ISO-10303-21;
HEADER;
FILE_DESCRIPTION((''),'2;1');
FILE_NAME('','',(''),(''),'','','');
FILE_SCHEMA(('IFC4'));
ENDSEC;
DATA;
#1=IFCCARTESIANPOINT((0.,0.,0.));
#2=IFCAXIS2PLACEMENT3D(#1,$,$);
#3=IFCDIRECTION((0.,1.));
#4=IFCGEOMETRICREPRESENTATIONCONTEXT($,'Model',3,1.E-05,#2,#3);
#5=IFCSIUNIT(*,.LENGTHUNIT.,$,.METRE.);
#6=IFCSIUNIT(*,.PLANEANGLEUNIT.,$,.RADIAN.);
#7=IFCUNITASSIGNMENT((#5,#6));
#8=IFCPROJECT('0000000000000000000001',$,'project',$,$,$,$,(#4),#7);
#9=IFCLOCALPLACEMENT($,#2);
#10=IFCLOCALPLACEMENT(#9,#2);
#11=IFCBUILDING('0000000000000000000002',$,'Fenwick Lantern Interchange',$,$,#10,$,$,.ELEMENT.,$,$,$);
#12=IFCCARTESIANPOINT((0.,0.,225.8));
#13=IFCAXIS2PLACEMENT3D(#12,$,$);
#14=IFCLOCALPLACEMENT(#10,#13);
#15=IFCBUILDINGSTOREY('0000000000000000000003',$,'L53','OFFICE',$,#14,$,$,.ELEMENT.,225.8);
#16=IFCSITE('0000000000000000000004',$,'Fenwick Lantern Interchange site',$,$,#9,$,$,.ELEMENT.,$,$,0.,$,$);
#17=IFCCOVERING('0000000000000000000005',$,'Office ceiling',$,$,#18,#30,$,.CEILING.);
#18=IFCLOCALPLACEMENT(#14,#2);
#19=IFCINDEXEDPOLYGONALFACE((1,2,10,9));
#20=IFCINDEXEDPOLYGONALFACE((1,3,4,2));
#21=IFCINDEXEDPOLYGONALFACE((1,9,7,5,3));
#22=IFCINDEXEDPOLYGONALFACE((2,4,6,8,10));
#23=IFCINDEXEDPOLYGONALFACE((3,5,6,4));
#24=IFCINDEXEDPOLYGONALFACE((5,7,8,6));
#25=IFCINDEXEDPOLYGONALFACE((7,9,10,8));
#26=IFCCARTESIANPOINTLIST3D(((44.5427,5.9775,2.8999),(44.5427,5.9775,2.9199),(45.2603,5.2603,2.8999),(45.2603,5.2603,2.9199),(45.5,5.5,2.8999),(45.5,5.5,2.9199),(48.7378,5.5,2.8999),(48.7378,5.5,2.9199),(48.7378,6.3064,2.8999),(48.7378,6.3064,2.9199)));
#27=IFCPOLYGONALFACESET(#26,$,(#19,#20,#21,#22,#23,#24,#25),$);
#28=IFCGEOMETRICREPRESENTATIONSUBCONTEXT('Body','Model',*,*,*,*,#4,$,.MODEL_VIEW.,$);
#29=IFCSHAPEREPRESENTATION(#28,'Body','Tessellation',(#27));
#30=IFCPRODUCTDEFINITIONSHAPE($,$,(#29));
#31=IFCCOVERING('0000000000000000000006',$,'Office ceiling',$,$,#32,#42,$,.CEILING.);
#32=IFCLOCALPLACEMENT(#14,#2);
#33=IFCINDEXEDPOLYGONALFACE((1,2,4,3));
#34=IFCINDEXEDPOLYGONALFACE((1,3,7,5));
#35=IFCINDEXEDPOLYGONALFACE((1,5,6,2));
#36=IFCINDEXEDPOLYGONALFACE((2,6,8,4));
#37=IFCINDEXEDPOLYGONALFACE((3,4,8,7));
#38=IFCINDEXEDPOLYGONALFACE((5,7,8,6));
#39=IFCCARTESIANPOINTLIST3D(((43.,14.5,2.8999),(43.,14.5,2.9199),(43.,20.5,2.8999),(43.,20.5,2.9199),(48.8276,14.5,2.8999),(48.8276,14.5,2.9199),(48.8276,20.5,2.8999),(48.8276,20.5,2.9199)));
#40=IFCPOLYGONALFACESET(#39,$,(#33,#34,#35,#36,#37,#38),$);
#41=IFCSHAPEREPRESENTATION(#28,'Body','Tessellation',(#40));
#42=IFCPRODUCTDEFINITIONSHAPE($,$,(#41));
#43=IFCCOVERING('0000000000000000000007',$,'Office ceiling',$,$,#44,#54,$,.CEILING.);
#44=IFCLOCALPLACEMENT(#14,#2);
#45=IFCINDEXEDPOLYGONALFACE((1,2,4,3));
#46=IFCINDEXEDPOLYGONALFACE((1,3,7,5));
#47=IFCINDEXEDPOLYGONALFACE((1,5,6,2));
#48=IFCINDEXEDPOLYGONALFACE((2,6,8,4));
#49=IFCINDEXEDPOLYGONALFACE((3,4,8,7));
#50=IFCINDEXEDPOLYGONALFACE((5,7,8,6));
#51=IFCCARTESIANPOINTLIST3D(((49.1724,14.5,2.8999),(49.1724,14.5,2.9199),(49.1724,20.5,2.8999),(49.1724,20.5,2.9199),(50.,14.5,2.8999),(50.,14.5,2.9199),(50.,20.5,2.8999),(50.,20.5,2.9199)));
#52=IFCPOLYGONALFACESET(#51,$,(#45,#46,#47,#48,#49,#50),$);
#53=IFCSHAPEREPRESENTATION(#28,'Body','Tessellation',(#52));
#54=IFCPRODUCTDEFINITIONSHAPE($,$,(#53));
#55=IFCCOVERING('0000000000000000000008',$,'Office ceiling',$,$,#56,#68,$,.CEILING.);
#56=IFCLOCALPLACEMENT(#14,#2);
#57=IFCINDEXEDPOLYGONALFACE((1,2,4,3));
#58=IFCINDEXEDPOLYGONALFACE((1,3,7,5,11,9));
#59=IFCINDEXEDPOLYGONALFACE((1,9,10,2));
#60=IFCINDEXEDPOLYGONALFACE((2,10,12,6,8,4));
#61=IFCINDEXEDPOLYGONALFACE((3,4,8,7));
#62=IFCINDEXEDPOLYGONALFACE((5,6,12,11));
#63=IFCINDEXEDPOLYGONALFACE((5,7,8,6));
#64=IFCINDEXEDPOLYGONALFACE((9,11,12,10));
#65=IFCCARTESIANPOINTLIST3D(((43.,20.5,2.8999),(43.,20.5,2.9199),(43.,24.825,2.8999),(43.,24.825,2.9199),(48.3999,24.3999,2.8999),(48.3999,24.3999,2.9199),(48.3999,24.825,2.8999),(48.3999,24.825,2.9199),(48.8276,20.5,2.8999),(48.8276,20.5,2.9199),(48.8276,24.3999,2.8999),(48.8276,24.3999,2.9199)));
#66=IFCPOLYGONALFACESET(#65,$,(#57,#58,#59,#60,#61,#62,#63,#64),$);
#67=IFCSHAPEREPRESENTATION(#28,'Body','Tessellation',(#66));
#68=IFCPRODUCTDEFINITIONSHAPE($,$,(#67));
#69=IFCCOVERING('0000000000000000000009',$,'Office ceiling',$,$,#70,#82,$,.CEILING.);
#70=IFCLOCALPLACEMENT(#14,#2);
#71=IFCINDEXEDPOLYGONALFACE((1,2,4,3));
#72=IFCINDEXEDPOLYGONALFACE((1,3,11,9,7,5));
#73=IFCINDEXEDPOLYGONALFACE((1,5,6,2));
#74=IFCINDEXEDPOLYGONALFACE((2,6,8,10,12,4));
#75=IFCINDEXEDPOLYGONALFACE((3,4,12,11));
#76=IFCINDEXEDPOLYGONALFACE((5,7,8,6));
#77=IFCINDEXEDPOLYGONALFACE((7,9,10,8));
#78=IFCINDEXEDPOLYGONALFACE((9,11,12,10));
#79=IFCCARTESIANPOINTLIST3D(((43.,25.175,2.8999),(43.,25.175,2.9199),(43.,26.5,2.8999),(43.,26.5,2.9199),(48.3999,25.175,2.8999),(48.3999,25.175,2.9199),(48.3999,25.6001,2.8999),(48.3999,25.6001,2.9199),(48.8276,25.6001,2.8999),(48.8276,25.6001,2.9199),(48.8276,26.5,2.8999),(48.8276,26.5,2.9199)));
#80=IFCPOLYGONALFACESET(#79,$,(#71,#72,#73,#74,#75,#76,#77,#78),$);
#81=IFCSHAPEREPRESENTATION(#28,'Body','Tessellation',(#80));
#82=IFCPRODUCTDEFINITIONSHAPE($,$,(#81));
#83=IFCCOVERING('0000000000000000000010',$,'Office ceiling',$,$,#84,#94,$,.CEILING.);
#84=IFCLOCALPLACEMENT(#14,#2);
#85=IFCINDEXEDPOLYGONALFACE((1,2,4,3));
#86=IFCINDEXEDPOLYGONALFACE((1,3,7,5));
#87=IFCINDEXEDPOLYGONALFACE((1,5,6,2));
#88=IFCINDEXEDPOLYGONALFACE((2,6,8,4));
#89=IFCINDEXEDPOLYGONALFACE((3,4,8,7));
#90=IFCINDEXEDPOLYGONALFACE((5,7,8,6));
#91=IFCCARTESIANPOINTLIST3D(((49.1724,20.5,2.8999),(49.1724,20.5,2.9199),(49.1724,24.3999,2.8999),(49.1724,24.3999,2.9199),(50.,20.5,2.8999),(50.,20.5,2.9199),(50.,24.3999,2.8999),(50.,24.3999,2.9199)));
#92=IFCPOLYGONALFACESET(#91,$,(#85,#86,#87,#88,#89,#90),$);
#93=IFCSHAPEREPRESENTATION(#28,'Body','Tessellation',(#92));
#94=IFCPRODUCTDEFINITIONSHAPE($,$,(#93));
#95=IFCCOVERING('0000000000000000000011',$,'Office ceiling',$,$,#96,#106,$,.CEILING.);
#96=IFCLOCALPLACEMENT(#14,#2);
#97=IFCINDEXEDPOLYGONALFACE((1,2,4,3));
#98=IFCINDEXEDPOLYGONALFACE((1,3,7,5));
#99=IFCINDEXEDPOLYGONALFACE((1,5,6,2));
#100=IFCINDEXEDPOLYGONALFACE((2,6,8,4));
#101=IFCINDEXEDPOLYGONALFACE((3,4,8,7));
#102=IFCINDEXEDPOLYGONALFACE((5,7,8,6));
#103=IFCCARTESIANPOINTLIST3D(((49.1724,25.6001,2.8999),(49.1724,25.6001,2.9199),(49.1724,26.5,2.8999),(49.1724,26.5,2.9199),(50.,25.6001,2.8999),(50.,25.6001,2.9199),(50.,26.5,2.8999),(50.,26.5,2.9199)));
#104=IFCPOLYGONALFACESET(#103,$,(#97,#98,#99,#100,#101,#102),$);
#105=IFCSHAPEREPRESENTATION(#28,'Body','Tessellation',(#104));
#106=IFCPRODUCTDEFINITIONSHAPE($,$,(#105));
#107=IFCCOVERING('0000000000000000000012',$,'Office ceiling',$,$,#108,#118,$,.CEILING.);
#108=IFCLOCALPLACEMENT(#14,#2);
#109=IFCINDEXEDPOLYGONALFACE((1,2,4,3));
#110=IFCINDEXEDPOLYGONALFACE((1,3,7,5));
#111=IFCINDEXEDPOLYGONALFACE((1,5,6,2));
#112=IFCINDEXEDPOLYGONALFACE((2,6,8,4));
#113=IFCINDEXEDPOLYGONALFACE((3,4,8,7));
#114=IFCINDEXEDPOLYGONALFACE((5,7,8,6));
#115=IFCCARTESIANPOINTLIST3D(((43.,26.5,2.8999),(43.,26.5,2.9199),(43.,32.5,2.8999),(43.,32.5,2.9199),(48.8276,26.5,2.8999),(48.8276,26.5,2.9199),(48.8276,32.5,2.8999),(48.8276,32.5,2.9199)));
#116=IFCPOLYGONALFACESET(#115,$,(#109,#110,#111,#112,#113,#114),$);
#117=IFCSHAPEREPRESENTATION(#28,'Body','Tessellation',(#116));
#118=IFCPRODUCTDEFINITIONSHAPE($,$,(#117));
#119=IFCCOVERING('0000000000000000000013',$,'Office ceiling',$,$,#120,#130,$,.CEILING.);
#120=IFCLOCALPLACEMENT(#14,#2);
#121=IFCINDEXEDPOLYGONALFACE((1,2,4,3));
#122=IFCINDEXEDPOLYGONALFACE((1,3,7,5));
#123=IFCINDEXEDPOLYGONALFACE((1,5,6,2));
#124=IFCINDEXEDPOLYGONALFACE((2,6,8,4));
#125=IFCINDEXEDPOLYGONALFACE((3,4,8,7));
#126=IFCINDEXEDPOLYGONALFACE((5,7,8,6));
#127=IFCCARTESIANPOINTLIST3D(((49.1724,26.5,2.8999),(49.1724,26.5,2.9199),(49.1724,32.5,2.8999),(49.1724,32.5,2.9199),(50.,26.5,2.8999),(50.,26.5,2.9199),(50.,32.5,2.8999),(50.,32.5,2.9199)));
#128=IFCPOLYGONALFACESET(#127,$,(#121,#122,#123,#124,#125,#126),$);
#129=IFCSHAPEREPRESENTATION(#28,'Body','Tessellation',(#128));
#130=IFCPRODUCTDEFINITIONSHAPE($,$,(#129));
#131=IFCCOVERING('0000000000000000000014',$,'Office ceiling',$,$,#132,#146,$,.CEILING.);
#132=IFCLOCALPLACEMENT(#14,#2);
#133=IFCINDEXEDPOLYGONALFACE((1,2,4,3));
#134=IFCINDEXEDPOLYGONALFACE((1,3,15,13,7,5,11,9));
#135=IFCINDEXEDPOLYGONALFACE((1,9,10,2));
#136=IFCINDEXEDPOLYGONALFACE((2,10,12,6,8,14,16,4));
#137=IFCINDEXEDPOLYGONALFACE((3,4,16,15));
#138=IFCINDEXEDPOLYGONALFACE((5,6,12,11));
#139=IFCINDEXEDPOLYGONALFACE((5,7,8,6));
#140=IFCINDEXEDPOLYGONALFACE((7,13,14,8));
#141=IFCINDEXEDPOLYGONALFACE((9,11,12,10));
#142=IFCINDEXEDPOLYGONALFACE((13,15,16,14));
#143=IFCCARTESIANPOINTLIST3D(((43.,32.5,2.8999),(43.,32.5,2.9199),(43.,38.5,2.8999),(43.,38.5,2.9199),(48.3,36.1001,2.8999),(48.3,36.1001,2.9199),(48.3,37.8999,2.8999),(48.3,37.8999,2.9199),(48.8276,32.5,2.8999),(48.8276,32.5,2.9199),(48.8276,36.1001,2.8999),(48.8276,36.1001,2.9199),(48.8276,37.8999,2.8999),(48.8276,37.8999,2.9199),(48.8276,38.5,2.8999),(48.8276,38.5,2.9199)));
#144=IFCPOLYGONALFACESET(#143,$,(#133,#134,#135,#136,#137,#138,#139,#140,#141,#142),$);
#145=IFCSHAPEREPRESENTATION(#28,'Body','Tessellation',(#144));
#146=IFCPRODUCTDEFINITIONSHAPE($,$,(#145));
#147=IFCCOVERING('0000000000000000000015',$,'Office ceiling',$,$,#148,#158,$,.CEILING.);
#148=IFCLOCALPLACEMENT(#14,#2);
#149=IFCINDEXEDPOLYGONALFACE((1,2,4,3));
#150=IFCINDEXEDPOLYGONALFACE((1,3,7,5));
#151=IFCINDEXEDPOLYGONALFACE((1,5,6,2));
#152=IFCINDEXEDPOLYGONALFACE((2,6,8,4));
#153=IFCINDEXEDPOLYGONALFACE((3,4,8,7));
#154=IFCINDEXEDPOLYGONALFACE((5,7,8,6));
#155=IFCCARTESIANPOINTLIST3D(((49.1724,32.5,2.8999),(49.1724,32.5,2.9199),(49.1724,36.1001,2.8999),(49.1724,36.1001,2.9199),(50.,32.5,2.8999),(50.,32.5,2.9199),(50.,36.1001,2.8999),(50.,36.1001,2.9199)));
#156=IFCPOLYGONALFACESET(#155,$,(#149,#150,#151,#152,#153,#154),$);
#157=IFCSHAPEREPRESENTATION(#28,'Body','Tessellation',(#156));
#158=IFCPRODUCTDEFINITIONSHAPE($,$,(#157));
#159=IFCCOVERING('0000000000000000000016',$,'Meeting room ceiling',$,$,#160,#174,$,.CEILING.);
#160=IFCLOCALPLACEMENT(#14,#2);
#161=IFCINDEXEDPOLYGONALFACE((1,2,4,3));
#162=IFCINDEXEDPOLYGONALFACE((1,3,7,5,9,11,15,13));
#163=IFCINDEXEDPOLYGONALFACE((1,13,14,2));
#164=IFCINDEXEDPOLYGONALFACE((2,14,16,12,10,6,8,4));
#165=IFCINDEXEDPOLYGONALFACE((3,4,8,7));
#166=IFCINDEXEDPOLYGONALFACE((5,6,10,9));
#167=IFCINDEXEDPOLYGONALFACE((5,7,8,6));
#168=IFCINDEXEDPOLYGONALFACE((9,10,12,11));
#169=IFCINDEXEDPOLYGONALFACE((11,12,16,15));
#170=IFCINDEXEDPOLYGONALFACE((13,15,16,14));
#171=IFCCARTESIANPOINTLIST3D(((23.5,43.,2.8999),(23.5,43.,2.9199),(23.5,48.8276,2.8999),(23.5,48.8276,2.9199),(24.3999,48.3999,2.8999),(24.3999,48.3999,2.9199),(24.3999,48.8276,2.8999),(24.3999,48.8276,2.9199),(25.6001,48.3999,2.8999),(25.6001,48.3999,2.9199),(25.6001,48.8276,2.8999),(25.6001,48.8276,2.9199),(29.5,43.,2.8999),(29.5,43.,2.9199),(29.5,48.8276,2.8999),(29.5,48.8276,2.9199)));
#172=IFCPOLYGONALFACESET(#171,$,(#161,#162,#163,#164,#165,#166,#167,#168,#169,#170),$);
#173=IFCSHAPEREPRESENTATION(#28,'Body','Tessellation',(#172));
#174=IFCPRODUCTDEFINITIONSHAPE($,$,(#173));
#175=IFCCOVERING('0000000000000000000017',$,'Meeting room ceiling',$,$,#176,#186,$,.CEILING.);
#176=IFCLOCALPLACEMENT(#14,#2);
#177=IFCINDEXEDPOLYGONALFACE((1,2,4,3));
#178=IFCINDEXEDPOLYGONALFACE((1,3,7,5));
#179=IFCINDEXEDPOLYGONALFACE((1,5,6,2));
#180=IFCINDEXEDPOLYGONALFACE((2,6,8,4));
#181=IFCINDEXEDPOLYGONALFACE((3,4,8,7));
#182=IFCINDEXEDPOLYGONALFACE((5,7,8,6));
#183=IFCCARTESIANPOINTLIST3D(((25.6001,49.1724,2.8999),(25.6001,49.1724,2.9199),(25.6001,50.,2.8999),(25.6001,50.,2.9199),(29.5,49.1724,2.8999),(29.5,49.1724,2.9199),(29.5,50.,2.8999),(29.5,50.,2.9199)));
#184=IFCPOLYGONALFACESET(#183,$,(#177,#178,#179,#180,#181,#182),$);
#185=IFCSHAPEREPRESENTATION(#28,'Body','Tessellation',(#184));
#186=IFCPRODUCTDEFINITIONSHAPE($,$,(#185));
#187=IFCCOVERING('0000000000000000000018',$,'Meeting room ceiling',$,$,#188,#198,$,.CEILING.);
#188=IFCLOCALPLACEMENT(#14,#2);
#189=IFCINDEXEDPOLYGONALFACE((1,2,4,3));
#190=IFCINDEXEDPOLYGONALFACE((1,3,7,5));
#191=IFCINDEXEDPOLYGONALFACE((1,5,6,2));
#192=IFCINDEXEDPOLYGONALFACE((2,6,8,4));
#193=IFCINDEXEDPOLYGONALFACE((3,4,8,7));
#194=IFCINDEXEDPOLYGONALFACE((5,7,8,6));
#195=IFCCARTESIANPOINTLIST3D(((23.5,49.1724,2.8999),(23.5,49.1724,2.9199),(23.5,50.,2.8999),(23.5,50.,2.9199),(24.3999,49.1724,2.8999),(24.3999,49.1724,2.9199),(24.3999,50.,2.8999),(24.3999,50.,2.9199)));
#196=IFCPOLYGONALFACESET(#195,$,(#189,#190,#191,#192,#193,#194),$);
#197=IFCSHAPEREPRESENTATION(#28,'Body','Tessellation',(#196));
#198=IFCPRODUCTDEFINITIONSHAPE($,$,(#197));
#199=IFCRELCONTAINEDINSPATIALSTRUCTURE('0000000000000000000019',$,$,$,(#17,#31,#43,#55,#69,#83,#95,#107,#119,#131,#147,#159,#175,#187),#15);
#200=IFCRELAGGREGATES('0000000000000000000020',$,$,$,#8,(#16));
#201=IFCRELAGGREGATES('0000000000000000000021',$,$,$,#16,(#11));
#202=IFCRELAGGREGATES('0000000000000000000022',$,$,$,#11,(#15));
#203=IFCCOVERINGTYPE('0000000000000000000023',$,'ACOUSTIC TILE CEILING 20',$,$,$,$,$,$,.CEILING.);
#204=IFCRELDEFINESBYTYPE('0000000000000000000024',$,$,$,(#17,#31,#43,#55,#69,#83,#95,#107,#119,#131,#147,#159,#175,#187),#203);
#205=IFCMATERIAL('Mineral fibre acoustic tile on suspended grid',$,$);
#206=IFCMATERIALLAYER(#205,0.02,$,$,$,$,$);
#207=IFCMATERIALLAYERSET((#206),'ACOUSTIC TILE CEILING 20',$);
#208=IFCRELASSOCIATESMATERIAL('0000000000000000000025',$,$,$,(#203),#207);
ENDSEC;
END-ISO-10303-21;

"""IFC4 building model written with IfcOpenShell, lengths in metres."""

from ifc_helpers import new_model, si_unit, direction, frame, origin, place, context, subcontext, project, spatial, polyline, outline, extrude, material, layer, layer_set, type_object, element, save


model = new_model("IFC4")

# Units and contexts
model_context = context("Model", 3, precision=1e-05, world=origin(), true_north=direction((0.0, 1.0)))
body_context = subcontext(model_context, "Body", "Model", "MODEL_VIEW")
ifc_project = project(units=[si_unit("LENGTHUNIT", "METRE"), si_unit("PLANEANGLEUNIT", "RADIAN")], contexts=[model_context])

# Site, building, storey
site_placement = place(None, origin())
site = spatial("IfcSite", under=ifc_project, at=site_placement, Name="Fenwick Lantern Interchange site", CompositionType="ELEMENT", RefElevation=0.0)
building_placement = place(site_placement, origin())
building = spatial("IfcBuilding", under=site, at=building_placement, Name="Fenwick Lantern Interchange", CompositionType="ELEMENT")
storey_placement = place(building_placement, frame((0.0, 0.0, 225.8)))
storey = spatial("IfcBuildingStorey", under=building, at=storey_placement, Name="L53", Description="OFFICE", CompositionType="ELEMENT", Elevation=225.8)

# Coverings
ifc_material_1 = material(Name="Mineral fibre acoustic tile on suspended grid")
ifc_layer_1 = layer(ifc_material_1, 0.02)
ifc_layer_set_1 = layer_set([ifc_layer_1], Name="ACOUSTIC TILE CEILING 20")
covering_type_1 = type_object("IfcCoveringType", Name="ACOUSTIC TILE CEILING 20", PredefinedType="CEILING", material=ifc_layer_set_1)
covering_1_placement = place(storey_placement, frame((0.0, 0.0, 2.8999)))
element("IfcCovering", 1, at=covering_1_placement, inside=storey, type_object=covering_type_1, Name="Office ceiling", PredefinedType="CEILING", context=body_context, shape_type="SweptSolid", body=[
    extrude(outline(polyline([(48.7378, 5.5), (48.7378, 6.3064), (44.5427, 5.9775), (45.2603, 5.2603), (45.5, 5.5), (48.7378, 5.5)])), origin(), (0.0, 0.0, 1.0), 0.02),
])
covering_2_placement = place(storey_placement, frame((0.0, 0.0, 2.8999)))
element("IfcCovering", 2, at=covering_2_placement, inside=storey, type_object=covering_type_1, Name="Office ceiling", PredefinedType="CEILING", context=body_context, shape_type="SweptSolid", body=[
    extrude(outline(polyline([(43.0, 14.5), (48.8276, 14.5), (48.8276, 20.5), (43.0, 20.5), (43.0, 14.5)])), origin(), (0.0, 0.0, 1.0), 0.02),
])
covering_3_placement = place(storey_placement, frame((0.0, 0.0, 2.8999)))
element("IfcCovering", 3, at=covering_3_placement, inside=storey, type_object=covering_type_1, Name="Office ceiling", PredefinedType="CEILING", context=body_context, shape_type="SweptSolid", body=[
    extrude(outline(polyline([(50.0, 20.5), (49.1724, 20.5), (49.1724, 14.5), (50.0, 14.5), (50.0, 20.5)])), origin(), (0.0, 0.0, 1.0), 0.02),
])
covering_4_placement = place(storey_placement, frame((0.0, 0.0, 2.8999)))
element("IfcCovering", 4, at=covering_4_placement, inside=storey, type_object=covering_type_1, Name="Office ceiling", PredefinedType="CEILING", context=body_context, shape_type="SweptSolid", body=[
    extrude(outline(polyline([(43.0, 20.5), (48.8276, 20.5), (48.8276, 24.3999), (48.3999, 24.3999), (48.3999, 24.825), (43.0, 24.825), (43.0, 20.5)])), origin(), (0.0, 0.0, 1.0), 0.02),
])
covering_5_placement = place(storey_placement, frame((0.0, 0.0, 2.8999)))
element("IfcCovering", 5, at=covering_5_placement, inside=storey, type_object=covering_type_1, Name="Office ceiling", PredefinedType="CEILING", context=body_context, shape_type="SweptSolid", body=[
    extrude(outline(polyline([(43.0, 26.5), (43.0, 25.175), (48.3999, 25.175), (48.3999, 25.6001), (48.8276, 25.6001), (48.8276, 26.5), (43.0, 26.5)])), origin(), (0.0, 0.0, 1.0), 0.02),
])
covering_6_placement = place(storey_placement, frame((0.0, 0.0, 2.8999)))
element("IfcCovering", 6, at=covering_6_placement, inside=storey, type_object=covering_type_1, Name="Office ceiling", PredefinedType="CEILING", context=body_context, shape_type="SweptSolid", body=[
    extrude(outline(polyline([(49.1724, 20.5), (50.0, 20.5), (50.0, 24.3999), (49.1724, 24.3999), (49.1724, 20.5)])), origin(), (0.0, 0.0, 1.0), 0.02),
])
covering_7_placement = place(storey_placement, frame((0.0, 0.0, 2.8999)))
element("IfcCovering", 7, at=covering_7_placement, inside=storey, type_object=covering_type_1, Name="Office ceiling", PredefinedType="CEILING", context=body_context, shape_type="SweptSolid", body=[
    extrude(outline(polyline([(50.0, 26.5), (49.1724, 26.5), (49.1724, 25.6001), (50.0, 25.6001), (50.0, 26.5)])), origin(), (0.0, 0.0, 1.0), 0.02),
])
covering_8_placement = place(storey_placement, frame((0.0, 0.0, 2.8999)))
element("IfcCovering", 8, at=covering_8_placement, inside=storey, type_object=covering_type_1, Name="Office ceiling", PredefinedType="CEILING", context=body_context, shape_type="SweptSolid", body=[
    extrude(outline(polyline([(43.0, 26.5), (48.8276, 26.5), (48.8276, 32.5), (43.0, 32.5), (43.0, 26.5)])), origin(), (0.0, 0.0, 1.0), 0.02),
])
covering_9_placement = place(storey_placement, frame((0.0, 0.0, 2.8999)))
element("IfcCovering", 9, at=covering_9_placement, inside=storey, type_object=covering_type_1, Name="Office ceiling", PredefinedType="CEILING", context=body_context, shape_type="SweptSolid", body=[
    extrude(outline(polyline([(50.0, 32.5), (49.1724, 32.5), (49.1724, 26.5), (50.0, 26.5), (50.0, 32.5)])), origin(), (0.0, 0.0, 1.0), 0.02),
])
covering_10_placement = place(storey_placement, frame((0.0, 0.0, 2.8999)))
element("IfcCovering", 10, at=covering_10_placement, inside=storey, type_object=covering_type_1, Name="Office ceiling", PredefinedType="CEILING", context=body_context, shape_type="SweptSolid", body=[
    extrude(outline(polyline([(43.0, 32.5), (48.8276, 32.5), (48.8276, 36.1001), (48.3, 36.1001), (48.3, 37.8999), (48.8276, 37.8999), (48.8276, 38.5), (43.0, 38.5), (43.0, 32.5)])), origin(), (0.0, 0.0, 1.0), 0.02),
])
covering_11_placement = place(storey_placement, frame((0.0, 0.0, 2.8999)))
element("IfcCovering", 11, at=covering_11_placement, inside=storey, type_object=covering_type_1, Name="Office ceiling", PredefinedType="CEILING", context=body_context, shape_type="SweptSolid", body=[
    extrude(outline(polyline([(49.1724, 32.5), (50.0, 32.5), (50.0, 36.1001), (49.1724, 36.1001), (49.1724, 32.5)])), origin(), (0.0, 0.0, 1.0), 0.02),
])
covering_12_placement = place(storey_placement, frame((0.0, 0.0, 2.8999)))
element("IfcCovering", 12, at=covering_12_placement, inside=storey, type_object=covering_type_1, Name="Meeting room ceiling", PredefinedType="CEILING", context=body_context, shape_type="SweptSolid", body=[
    extrude(outline(polyline([(29.5, 43.0), (29.5, 48.8276), (25.6001, 48.8276), (25.6001, 48.3999), (24.3999, 48.3999), (24.3999, 48.8276), (23.5, 48.8276), (23.5, 43.0), (29.5, 43.0)])), origin(), (0.0, 0.0, 1.0), 0.02),
])
covering_13_placement = place(storey_placement, frame((0.0, 0.0, 2.8999)))
element("IfcCovering", 13, at=covering_13_placement, inside=storey, type_object=covering_type_1, Name="Meeting room ceiling", PredefinedType="CEILING", context=body_context, shape_type="SweptSolid", body=[
    extrude(outline(polyline([(29.5, 49.1724), (29.5, 50.0), (25.6001, 50.0), (25.6001, 49.1724), (29.5, 49.1724)])), origin(), (0.0, 0.0, 1.0), 0.02),
])
covering_14_placement = place(storey_placement, frame((0.0, 0.0, 2.8999)))
element("IfcCovering", 14, at=covering_14_placement, inside=storey, type_object=covering_type_1, Name="Meeting room ceiling", PredefinedType="CEILING", context=body_context, shape_type="SweptSolid", body=[
    extrude(outline(polyline([(23.5, 50.0), (23.5, 49.1724), (24.3999, 49.1724), (24.3999, 50.0), (23.5, 50.0)])), origin(), (0.0, 0.0, 1.0), 0.02),
])

save(model, "model.ifc")
